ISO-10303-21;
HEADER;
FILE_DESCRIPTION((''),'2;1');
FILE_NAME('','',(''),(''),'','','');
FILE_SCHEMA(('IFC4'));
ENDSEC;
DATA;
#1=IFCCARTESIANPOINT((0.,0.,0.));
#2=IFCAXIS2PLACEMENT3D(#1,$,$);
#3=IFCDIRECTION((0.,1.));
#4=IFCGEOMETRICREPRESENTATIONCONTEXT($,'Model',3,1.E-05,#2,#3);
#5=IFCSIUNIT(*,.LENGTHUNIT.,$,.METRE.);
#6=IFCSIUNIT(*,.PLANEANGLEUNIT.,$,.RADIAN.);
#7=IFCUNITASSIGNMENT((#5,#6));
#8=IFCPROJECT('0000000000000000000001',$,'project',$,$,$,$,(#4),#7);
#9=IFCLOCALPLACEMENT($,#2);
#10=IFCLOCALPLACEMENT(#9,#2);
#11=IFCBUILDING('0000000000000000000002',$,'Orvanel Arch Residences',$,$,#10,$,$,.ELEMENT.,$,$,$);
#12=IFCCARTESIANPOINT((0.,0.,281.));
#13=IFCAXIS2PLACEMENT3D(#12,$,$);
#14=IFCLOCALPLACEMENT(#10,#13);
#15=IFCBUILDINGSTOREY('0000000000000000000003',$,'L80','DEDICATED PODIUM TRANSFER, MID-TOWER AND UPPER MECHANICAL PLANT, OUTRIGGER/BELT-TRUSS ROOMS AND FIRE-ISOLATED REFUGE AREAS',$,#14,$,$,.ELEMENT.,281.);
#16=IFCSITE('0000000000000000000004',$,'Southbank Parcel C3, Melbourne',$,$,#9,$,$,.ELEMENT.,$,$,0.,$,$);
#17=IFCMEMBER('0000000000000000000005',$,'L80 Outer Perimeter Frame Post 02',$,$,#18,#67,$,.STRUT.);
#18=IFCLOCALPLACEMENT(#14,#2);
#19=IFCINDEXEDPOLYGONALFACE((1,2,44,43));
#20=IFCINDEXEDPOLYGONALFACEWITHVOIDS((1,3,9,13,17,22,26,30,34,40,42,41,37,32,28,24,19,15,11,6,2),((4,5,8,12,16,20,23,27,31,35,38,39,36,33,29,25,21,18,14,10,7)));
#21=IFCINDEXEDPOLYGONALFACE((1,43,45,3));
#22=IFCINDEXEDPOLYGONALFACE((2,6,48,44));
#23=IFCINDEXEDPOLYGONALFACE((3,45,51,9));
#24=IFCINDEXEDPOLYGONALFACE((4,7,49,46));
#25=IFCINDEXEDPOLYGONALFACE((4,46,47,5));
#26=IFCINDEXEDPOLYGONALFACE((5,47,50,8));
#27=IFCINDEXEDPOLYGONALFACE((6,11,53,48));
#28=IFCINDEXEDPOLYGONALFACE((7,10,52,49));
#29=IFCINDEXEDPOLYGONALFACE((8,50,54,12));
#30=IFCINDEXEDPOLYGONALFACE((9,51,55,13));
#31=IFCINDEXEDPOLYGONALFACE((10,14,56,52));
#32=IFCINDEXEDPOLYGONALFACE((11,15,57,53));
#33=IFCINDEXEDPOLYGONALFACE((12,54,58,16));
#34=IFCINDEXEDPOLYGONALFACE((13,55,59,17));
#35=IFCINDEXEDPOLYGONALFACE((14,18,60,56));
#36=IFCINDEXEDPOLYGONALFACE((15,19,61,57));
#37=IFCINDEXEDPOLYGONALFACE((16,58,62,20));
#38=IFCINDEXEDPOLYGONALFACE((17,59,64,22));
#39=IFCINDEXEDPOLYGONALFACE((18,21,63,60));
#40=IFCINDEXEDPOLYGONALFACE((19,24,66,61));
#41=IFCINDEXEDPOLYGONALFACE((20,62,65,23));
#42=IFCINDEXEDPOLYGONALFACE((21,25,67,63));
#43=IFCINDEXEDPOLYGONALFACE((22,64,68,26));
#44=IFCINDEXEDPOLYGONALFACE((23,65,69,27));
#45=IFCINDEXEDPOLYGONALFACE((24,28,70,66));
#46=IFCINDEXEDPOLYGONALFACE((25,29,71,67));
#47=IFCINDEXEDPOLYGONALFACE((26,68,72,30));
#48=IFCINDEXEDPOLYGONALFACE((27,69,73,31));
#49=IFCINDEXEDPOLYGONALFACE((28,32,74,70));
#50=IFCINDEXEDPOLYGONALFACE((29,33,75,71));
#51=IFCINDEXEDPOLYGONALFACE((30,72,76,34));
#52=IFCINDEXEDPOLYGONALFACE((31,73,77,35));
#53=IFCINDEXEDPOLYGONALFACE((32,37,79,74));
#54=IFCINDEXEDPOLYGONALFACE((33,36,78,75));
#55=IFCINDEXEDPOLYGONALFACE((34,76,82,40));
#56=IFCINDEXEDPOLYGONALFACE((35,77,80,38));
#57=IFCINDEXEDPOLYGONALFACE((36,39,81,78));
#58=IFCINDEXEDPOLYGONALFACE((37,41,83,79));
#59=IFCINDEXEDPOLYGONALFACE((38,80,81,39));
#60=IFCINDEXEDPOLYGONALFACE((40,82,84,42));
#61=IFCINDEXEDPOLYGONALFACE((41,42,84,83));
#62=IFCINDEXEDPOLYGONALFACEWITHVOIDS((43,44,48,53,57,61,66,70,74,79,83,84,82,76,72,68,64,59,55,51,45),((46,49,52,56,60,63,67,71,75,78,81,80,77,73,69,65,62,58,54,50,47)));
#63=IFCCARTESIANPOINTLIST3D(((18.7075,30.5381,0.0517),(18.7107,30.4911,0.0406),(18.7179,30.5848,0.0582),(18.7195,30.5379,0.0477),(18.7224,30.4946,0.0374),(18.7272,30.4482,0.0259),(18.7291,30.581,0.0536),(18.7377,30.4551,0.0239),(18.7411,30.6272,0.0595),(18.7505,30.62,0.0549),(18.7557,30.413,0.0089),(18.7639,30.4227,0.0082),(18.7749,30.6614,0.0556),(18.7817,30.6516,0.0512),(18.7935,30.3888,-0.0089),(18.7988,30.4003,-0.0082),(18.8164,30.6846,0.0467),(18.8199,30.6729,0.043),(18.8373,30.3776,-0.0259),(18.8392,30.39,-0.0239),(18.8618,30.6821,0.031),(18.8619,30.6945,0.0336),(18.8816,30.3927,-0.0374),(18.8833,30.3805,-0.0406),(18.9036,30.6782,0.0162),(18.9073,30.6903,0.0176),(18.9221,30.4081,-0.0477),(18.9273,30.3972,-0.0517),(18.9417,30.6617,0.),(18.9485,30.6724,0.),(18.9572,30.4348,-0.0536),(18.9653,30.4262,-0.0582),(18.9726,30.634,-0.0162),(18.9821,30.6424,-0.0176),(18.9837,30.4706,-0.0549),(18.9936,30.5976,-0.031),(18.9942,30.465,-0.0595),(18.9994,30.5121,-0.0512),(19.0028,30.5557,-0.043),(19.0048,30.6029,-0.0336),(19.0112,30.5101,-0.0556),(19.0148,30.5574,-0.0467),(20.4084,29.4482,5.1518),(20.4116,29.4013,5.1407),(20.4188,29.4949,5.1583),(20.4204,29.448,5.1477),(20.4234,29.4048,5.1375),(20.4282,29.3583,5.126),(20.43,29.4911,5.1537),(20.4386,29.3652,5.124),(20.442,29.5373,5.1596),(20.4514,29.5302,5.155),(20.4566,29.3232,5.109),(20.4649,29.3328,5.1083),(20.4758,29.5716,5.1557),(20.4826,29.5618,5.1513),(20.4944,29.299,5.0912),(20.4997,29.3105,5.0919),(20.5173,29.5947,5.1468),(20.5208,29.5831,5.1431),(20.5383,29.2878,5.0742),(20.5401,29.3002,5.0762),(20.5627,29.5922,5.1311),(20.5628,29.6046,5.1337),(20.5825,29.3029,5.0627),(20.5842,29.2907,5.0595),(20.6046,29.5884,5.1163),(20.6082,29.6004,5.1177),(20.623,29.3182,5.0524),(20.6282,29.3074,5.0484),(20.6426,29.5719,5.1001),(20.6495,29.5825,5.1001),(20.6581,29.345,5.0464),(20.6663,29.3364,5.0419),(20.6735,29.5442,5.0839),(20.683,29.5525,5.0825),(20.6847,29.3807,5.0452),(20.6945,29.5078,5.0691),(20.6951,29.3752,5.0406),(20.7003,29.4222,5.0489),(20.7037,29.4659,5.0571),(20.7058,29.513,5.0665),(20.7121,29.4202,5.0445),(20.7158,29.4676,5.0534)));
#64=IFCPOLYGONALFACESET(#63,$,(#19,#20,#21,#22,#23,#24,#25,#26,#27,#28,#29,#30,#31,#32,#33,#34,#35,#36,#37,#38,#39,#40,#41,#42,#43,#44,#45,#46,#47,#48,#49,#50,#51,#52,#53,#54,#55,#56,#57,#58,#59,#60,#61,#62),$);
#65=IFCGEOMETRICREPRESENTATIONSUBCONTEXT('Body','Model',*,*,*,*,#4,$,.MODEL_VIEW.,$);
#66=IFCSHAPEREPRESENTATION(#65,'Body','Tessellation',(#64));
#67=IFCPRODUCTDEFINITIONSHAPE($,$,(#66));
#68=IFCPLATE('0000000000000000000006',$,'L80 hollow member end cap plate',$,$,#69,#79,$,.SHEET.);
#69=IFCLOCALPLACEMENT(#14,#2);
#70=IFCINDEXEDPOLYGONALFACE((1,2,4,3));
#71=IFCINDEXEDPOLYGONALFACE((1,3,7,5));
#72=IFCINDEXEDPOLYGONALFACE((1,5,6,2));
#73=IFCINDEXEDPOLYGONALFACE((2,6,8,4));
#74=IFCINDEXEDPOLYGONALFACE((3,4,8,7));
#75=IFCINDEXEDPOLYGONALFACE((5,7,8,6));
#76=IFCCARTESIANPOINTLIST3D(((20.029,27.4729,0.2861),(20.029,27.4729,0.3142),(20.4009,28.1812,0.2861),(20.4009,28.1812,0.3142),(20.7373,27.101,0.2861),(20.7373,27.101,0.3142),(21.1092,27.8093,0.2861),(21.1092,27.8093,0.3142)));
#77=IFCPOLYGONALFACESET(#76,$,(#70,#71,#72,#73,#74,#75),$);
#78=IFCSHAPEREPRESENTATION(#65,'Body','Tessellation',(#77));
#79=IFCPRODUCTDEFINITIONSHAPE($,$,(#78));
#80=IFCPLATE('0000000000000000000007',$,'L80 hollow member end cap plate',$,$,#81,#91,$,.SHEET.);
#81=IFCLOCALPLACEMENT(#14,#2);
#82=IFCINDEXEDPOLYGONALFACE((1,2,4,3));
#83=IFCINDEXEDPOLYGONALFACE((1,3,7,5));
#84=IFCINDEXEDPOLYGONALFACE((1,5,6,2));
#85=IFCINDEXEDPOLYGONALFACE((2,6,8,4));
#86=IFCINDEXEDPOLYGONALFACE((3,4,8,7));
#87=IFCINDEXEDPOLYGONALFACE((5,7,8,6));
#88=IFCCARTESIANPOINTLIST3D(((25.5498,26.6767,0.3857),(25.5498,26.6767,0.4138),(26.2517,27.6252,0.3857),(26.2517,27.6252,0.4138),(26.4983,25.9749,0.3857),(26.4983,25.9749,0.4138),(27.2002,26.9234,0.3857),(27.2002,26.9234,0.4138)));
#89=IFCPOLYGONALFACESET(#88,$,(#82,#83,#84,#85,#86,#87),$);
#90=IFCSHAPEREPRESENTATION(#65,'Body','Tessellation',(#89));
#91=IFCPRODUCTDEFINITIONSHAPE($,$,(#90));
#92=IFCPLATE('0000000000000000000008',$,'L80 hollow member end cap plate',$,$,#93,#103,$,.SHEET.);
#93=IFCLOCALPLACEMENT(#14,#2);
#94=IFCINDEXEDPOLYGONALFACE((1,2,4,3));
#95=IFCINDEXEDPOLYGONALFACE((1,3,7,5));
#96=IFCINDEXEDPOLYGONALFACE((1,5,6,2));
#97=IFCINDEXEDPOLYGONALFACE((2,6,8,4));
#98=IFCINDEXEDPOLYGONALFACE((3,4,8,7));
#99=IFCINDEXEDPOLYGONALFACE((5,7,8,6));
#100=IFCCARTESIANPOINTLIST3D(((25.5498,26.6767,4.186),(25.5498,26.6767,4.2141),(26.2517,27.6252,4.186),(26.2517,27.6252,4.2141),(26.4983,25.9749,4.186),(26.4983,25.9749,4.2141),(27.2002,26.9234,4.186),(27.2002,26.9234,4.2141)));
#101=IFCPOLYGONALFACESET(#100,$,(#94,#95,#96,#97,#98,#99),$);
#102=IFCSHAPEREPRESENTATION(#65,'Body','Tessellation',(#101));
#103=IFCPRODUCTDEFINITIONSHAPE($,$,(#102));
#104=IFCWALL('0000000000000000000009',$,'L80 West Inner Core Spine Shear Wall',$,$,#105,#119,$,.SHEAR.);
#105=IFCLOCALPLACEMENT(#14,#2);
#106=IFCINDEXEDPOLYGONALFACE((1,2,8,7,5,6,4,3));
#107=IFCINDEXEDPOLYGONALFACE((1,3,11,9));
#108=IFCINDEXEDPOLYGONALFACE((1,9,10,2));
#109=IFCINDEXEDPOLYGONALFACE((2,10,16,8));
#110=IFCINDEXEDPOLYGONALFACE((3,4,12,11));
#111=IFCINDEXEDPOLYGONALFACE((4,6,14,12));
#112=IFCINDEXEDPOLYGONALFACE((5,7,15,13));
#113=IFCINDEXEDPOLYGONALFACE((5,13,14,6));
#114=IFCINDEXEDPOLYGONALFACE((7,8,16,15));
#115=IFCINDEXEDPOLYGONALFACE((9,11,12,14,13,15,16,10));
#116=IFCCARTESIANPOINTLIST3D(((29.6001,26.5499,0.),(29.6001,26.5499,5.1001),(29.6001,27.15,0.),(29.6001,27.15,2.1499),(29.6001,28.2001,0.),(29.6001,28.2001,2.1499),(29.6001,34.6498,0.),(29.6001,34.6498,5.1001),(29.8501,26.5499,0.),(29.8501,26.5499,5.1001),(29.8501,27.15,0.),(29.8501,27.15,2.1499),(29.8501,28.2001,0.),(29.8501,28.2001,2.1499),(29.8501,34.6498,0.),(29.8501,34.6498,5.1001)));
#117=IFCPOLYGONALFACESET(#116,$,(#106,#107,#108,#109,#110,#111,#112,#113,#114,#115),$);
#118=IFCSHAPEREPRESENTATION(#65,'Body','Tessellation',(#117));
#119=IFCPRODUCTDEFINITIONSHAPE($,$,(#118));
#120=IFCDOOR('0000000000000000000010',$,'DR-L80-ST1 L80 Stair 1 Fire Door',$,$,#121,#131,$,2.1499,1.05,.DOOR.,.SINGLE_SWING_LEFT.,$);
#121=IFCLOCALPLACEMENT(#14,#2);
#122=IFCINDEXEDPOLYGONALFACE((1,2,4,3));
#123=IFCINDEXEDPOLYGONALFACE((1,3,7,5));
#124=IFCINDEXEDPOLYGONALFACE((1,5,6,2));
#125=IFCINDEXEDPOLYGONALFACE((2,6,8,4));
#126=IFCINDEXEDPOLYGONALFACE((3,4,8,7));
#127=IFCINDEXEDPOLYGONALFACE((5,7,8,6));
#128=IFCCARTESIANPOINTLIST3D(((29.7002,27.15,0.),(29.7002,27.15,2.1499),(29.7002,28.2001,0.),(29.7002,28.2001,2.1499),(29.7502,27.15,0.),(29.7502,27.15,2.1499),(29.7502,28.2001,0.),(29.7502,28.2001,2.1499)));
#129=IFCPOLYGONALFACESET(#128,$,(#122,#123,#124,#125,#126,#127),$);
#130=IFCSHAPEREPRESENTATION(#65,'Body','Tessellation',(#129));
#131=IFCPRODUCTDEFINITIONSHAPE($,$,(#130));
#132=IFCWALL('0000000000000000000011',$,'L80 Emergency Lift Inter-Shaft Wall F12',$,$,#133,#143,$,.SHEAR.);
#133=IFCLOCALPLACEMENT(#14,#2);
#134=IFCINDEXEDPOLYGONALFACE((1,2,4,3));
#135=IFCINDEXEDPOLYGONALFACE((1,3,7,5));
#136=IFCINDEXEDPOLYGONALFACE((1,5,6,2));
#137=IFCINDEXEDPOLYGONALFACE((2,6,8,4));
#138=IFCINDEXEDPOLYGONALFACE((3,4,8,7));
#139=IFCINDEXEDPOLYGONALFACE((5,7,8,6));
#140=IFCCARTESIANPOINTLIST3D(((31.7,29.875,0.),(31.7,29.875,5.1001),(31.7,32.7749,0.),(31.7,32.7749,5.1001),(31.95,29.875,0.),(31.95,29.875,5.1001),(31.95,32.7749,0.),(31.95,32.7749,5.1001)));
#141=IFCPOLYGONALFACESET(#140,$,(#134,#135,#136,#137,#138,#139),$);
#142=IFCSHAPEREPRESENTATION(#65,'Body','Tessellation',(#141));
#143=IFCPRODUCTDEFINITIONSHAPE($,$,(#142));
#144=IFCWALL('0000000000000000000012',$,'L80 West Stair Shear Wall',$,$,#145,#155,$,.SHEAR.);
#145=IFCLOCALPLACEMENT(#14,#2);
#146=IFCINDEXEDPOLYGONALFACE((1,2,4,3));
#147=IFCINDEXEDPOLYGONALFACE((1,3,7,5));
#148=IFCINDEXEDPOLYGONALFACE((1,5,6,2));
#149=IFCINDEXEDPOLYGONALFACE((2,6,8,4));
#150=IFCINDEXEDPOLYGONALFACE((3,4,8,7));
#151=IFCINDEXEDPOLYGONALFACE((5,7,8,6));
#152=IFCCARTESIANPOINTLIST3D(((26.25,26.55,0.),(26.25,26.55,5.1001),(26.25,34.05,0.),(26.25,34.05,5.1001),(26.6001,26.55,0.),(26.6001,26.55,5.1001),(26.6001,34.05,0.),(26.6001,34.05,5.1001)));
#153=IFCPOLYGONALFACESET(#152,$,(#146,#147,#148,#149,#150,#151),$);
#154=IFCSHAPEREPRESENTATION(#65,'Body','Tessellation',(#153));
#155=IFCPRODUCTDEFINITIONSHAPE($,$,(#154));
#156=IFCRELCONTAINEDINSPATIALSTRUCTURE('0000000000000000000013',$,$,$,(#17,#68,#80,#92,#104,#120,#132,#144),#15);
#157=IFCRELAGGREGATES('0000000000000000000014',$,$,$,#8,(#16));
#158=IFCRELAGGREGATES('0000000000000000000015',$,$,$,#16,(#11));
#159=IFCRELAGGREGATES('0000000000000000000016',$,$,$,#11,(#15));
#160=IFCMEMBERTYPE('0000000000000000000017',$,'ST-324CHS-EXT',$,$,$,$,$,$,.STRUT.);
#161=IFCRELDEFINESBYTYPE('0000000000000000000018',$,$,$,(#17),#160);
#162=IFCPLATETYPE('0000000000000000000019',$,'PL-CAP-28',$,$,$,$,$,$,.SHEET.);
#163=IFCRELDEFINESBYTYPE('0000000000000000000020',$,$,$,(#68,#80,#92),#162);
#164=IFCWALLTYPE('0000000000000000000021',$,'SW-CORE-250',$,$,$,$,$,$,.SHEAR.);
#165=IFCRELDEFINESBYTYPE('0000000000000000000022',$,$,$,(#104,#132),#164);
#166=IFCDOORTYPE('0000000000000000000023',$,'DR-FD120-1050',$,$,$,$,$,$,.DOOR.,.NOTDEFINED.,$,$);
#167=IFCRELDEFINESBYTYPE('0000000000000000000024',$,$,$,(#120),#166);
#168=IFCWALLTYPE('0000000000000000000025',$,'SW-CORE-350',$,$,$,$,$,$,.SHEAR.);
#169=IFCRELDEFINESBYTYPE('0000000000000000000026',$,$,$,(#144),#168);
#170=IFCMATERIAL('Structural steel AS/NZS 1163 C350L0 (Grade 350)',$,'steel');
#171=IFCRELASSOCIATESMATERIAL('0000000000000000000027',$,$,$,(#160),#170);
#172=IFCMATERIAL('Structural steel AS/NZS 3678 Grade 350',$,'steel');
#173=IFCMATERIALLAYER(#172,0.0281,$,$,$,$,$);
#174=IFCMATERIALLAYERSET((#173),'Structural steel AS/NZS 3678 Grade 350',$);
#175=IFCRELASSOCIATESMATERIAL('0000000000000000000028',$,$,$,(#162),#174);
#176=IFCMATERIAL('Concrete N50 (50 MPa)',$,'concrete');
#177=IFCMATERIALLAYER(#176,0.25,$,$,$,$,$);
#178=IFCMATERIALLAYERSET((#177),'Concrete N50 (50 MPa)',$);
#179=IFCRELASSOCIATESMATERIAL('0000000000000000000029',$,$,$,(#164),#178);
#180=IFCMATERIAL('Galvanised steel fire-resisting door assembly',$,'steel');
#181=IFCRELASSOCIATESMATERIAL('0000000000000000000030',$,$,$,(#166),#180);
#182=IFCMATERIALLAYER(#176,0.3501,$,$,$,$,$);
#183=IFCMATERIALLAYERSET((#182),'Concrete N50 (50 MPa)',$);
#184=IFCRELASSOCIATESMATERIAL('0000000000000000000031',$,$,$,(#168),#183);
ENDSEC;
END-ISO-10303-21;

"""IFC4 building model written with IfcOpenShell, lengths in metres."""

from ifc_helpers import new_model, si_unit, direction, frame, frame_2d, origin, origin_2d, place, context, subcontext, project, spatial, rectangle, hollow_circle, extrude, material, layer, layer_set, material_profile, profile_set, type_object, element, fill, save


model = new_model("IFC4")

# Units and contexts
model_context = context("Model", 3, precision=1e-05, world=origin(), true_north=direction((0.0, 1.0)))
body_context = subcontext(model_context, "Body", "Model", "MODEL_VIEW")
ifc_project = project(units=[si_unit("LENGTHUNIT", "METRE"), si_unit("PLANEANGLEUNIT", "RADIAN")], contexts=[model_context])

# Site, building, storey
site_placement = place(None, origin())
site = spatial("IfcSite", under=ifc_project, at=site_placement, Name="Southbank Parcel C3, Melbourne", CompositionType="ELEMENT", RefElevation=0.0)
building_placement = place(site_placement, origin())
building = spatial("IfcBuilding", under=site, at=building_placement, Name="Orvanel Arch Residences", CompositionType="ELEMENT")
storey_placement = place(building_placement, frame((0.0, 0.0, 281.0)))
storey = spatial("IfcBuildingStorey", under=building, at=storey_placement, Name="L80", Description="DEDICATED PODIUM TRANSFER, MID-TOWER AND UPPER MECHANICAL PLANT, OUTRIGGER/BELT-TRUSS ROOMS AND FIRE-ISOLATED REFUGE AREAS", CompositionType="ELEMENT", Elevation=281.0)

# Shared definitions
ifc_material_1 = material(Name="Structural steel AS/NZS 1163 C350L0 (Grade 350)", Category="steel")

# Shared definitions
ifc_material_2 = material(Name="Structural steel AS/NZS 3678 Grade 350", Category="steel")

# Member
ifc_material_profile_1 = material_profile(ifc_material_1, hollow_circle(Radius=0.1621, WallThickness=0.0127, at=origin_2d()), Name="CHS324x12.7")
ifc_profile_set_1 = profile_set([ifc_material_profile_1], Name="Structural steel AS/NZS 1163 C350L0 (Grade 350)")
member_type_1 = type_object("IfcMemberType", Name="ST-324CHS-EXT", PredefinedType="STRUT", material=ifc_profile_set_1)
member_1_placement = place(storey_placement, frame((18.8611, 30.5359, 0.0), z_axis=(0.310071, -0.198673, 0.929723), x_axis=(0.539493, 0.84199, 0.0)))
element("IfcMember", 1, at=member_1_placement, inside=storey, type_object=member_type_1, Name="L80 Outer Perimeter Frame Post 02", PredefinedType="STRUT", context=body_context, shape_type="SweptSolid", body=[
    extrude(hollow_circle(Radius=0.1621, WallThickness=0.0127, at=origin_2d()), origin(), (0.0, 0.0, 1.0), 5.4856),
])

# Plates
ifc_layer_1 = layer(ifc_material_2, 0.0281)
ifc_layer_set_1 = layer_set([ifc_layer_1], Name="Structural steel AS/NZS 3678 Grade 350")
plate_type = type_object("IfcPlateType", Name="PL-CAP-28", PredefinedType="SHEET", material=ifc_layer_set_1)
plate_placement = place(storey_placement, frame((20.5691, 27.6411, 0.2861), z_axis=(0.0, 0.0, 1.0), x_axis=(0.464842, 0.885394, 0.0)))
element("IfcPlate", 2, at=plate_placement, inside=storey, type_object=plate_type, Name="L80 hollow member end cap plate", PredefinedType="SHEET", context=body_context, shape_type="SweptSolid", body=[
    extrude(rectangle(XDim=0.8, YDim=0.8, at=origin_2d()), origin(), (0.0, 0.0, 1.0), 0.0281),
])
for number, where, z_axis, x_axis, name in (
    (3, (26.375, 26.8, 0.3857), (0.0, 0.0, 1.0), (0.594823, 0.803857, 0.0), "L80 hollow member end cap plate"),
    (4, (26.375, 26.8, 4.186), (0.0, 0.0, 1.0), (0.594823, 0.803857, 0.0), "L80 hollow member end cap plate"),
):
    element("IfcPlate", number, at=place(storey_placement, frame(where, z_axis=z_axis, x_axis=x_axis)), inside=storey, type_object=plate_type, Name=name, PredefinedType="SHEET", context=body_context, shape_type="SweptSolid", body=[
        extrude(rectangle(XDim=1.1799, YDim=1.1799, at=origin_2d()), origin(), (0.0, 0.0, 1.0), 0.0281),
    ])

# Wall, opening, door
ifc_material_3 = material(Name="Concrete N50 (50 MPa)", Category="concrete")
ifc_layer_2 = layer(ifc_material_3, 0.25)
ifc_layer_set_2 = layer_set([ifc_layer_2], Name="Concrete N50 (50 MPa)")
wall_type_1 = type_object("IfcWallType", Name="SW-CORE-250", PredefinedType="SHEAR", material=ifc_layer_set_2)
wall_1_placement = place(storey_placement, frame((29.7251, 26.55, 0.0), z_axis=(0.0, 0.0, 1.0), x_axis=(0.0, 1.0, 0.0)))
wall_1 = element("IfcWall", 5, at=wall_1_placement, inside=storey, type_object=wall_type_1, Name="L80 West Inner Core Spine Shear Wall", PredefinedType="SHEAR", context=body_context, shape_type="SweptSolid", body=[
    extrude(rectangle(XDim=8.0999, YDim=0.25, at=frame_2d((4.0498, 0.0))), origin(), (0.0, 0.0, 1.0), 5.1001),
])
opening_1_placement = place(wall_1_placement, frame((0.6001, 0.0, 0.0)))
opening_1 = element("IfcOpeningElement", 6, at=opening_1_placement, cuts=wall_1, PredefinedType="OPENING", context=body_context, shape_type="SweptSolid", body=[
    extrude(rectangle(XDim=1.05, YDim=2.1499, at=frame_2d((0.5249, 1.075))), frame((0.0, 0.135, 0.0), z_axis=(0.0, -1.0, 0.0), x_axis=(1.0, 0.0, 0.0)), (0.0, 0.0, 1.0), 0.27),
])
ifc_material_4 = material(Name="Galvanised steel fire-resisting door assembly", Category="steel")
door_type_1 = type_object("IfcDoorType", Name="DR-FD120-1050", OperationType="NOTDEFINED", PredefinedType="DOOR", material=ifc_material_4)
door_1_placement = place(opening_1_placement, origin())
door_1 = element("IfcDoor", 7, at=door_1_placement, inside=storey, type_object=door_type_1, Name="DR-L80-ST1 L80 Stair 1 Fire Door", OperationType="SINGLE_SWING_LEFT", OverallHeight=2.1499, OverallWidth=1.05, PredefinedType="DOOR", context=body_context, shape_type="SweptSolid", body=[
    extrude(rectangle(XDim=1.05, YDim=2.1499, at=frame_2d((0.5249, 1.075))), frame((0.0, 0.0249, 0.0), z_axis=(0.0, -1.0, 0.0), x_axis=(1.0, 0.0, 0.0)), (0.0, 0.0, 1.0), 0.05),
])
fill(opening_1, door_1)

# Wall
wall_2_placement = place(storey_placement, frame((31.825, 29.875, 0.0), z_axis=(0.0, 0.0, 1.0), x_axis=(0.0, 1.0, 0.0)))
element("IfcWall", 8, at=wall_2_placement, inside=storey, type_object=wall_type_1, Name="L80 Emergency Lift Inter-Shaft Wall F12", PredefinedType="SHEAR", context=body_context, shape_type="SweptSolid", body=[
    extrude(rectangle(XDim=2.8999, YDim=0.25, at=frame_2d((1.45, 0.0))), origin(), (0.0, 0.0, 1.0), 5.1001),
])

# Shared definitions
ifc_layer_3 = layer(ifc_material_3, 0.3501)
ifc_layer_set_3 = layer_set([ifc_layer_3], Name="Concrete N50 (50 MPa)")
wall_type_2 = type_object("IfcWallType", Name="SW-CORE-350", PredefinedType="SHEAR", material=ifc_layer_set_3)

# Wall
wall_3_placement = place(storey_placement, frame((26.425, 26.55, 0.0), z_axis=(0.0, 0.0, 1.0), x_axis=(0.0, 1.0, 0.0)))
element("IfcWall", 9, at=wall_3_placement, inside=storey, type_object=wall_type_2, Name="L80 West Stair Shear Wall", PredefinedType="SHEAR", context=body_context, shape_type="SweptSolid", body=[
    extrude(rectangle(XDim=7.5, YDim=0.3501, at=frame_2d((3.75, 0.0))), origin(), (0.0, 0.0, 1.0), 5.1001),
])

save(model, "model.ifc")
